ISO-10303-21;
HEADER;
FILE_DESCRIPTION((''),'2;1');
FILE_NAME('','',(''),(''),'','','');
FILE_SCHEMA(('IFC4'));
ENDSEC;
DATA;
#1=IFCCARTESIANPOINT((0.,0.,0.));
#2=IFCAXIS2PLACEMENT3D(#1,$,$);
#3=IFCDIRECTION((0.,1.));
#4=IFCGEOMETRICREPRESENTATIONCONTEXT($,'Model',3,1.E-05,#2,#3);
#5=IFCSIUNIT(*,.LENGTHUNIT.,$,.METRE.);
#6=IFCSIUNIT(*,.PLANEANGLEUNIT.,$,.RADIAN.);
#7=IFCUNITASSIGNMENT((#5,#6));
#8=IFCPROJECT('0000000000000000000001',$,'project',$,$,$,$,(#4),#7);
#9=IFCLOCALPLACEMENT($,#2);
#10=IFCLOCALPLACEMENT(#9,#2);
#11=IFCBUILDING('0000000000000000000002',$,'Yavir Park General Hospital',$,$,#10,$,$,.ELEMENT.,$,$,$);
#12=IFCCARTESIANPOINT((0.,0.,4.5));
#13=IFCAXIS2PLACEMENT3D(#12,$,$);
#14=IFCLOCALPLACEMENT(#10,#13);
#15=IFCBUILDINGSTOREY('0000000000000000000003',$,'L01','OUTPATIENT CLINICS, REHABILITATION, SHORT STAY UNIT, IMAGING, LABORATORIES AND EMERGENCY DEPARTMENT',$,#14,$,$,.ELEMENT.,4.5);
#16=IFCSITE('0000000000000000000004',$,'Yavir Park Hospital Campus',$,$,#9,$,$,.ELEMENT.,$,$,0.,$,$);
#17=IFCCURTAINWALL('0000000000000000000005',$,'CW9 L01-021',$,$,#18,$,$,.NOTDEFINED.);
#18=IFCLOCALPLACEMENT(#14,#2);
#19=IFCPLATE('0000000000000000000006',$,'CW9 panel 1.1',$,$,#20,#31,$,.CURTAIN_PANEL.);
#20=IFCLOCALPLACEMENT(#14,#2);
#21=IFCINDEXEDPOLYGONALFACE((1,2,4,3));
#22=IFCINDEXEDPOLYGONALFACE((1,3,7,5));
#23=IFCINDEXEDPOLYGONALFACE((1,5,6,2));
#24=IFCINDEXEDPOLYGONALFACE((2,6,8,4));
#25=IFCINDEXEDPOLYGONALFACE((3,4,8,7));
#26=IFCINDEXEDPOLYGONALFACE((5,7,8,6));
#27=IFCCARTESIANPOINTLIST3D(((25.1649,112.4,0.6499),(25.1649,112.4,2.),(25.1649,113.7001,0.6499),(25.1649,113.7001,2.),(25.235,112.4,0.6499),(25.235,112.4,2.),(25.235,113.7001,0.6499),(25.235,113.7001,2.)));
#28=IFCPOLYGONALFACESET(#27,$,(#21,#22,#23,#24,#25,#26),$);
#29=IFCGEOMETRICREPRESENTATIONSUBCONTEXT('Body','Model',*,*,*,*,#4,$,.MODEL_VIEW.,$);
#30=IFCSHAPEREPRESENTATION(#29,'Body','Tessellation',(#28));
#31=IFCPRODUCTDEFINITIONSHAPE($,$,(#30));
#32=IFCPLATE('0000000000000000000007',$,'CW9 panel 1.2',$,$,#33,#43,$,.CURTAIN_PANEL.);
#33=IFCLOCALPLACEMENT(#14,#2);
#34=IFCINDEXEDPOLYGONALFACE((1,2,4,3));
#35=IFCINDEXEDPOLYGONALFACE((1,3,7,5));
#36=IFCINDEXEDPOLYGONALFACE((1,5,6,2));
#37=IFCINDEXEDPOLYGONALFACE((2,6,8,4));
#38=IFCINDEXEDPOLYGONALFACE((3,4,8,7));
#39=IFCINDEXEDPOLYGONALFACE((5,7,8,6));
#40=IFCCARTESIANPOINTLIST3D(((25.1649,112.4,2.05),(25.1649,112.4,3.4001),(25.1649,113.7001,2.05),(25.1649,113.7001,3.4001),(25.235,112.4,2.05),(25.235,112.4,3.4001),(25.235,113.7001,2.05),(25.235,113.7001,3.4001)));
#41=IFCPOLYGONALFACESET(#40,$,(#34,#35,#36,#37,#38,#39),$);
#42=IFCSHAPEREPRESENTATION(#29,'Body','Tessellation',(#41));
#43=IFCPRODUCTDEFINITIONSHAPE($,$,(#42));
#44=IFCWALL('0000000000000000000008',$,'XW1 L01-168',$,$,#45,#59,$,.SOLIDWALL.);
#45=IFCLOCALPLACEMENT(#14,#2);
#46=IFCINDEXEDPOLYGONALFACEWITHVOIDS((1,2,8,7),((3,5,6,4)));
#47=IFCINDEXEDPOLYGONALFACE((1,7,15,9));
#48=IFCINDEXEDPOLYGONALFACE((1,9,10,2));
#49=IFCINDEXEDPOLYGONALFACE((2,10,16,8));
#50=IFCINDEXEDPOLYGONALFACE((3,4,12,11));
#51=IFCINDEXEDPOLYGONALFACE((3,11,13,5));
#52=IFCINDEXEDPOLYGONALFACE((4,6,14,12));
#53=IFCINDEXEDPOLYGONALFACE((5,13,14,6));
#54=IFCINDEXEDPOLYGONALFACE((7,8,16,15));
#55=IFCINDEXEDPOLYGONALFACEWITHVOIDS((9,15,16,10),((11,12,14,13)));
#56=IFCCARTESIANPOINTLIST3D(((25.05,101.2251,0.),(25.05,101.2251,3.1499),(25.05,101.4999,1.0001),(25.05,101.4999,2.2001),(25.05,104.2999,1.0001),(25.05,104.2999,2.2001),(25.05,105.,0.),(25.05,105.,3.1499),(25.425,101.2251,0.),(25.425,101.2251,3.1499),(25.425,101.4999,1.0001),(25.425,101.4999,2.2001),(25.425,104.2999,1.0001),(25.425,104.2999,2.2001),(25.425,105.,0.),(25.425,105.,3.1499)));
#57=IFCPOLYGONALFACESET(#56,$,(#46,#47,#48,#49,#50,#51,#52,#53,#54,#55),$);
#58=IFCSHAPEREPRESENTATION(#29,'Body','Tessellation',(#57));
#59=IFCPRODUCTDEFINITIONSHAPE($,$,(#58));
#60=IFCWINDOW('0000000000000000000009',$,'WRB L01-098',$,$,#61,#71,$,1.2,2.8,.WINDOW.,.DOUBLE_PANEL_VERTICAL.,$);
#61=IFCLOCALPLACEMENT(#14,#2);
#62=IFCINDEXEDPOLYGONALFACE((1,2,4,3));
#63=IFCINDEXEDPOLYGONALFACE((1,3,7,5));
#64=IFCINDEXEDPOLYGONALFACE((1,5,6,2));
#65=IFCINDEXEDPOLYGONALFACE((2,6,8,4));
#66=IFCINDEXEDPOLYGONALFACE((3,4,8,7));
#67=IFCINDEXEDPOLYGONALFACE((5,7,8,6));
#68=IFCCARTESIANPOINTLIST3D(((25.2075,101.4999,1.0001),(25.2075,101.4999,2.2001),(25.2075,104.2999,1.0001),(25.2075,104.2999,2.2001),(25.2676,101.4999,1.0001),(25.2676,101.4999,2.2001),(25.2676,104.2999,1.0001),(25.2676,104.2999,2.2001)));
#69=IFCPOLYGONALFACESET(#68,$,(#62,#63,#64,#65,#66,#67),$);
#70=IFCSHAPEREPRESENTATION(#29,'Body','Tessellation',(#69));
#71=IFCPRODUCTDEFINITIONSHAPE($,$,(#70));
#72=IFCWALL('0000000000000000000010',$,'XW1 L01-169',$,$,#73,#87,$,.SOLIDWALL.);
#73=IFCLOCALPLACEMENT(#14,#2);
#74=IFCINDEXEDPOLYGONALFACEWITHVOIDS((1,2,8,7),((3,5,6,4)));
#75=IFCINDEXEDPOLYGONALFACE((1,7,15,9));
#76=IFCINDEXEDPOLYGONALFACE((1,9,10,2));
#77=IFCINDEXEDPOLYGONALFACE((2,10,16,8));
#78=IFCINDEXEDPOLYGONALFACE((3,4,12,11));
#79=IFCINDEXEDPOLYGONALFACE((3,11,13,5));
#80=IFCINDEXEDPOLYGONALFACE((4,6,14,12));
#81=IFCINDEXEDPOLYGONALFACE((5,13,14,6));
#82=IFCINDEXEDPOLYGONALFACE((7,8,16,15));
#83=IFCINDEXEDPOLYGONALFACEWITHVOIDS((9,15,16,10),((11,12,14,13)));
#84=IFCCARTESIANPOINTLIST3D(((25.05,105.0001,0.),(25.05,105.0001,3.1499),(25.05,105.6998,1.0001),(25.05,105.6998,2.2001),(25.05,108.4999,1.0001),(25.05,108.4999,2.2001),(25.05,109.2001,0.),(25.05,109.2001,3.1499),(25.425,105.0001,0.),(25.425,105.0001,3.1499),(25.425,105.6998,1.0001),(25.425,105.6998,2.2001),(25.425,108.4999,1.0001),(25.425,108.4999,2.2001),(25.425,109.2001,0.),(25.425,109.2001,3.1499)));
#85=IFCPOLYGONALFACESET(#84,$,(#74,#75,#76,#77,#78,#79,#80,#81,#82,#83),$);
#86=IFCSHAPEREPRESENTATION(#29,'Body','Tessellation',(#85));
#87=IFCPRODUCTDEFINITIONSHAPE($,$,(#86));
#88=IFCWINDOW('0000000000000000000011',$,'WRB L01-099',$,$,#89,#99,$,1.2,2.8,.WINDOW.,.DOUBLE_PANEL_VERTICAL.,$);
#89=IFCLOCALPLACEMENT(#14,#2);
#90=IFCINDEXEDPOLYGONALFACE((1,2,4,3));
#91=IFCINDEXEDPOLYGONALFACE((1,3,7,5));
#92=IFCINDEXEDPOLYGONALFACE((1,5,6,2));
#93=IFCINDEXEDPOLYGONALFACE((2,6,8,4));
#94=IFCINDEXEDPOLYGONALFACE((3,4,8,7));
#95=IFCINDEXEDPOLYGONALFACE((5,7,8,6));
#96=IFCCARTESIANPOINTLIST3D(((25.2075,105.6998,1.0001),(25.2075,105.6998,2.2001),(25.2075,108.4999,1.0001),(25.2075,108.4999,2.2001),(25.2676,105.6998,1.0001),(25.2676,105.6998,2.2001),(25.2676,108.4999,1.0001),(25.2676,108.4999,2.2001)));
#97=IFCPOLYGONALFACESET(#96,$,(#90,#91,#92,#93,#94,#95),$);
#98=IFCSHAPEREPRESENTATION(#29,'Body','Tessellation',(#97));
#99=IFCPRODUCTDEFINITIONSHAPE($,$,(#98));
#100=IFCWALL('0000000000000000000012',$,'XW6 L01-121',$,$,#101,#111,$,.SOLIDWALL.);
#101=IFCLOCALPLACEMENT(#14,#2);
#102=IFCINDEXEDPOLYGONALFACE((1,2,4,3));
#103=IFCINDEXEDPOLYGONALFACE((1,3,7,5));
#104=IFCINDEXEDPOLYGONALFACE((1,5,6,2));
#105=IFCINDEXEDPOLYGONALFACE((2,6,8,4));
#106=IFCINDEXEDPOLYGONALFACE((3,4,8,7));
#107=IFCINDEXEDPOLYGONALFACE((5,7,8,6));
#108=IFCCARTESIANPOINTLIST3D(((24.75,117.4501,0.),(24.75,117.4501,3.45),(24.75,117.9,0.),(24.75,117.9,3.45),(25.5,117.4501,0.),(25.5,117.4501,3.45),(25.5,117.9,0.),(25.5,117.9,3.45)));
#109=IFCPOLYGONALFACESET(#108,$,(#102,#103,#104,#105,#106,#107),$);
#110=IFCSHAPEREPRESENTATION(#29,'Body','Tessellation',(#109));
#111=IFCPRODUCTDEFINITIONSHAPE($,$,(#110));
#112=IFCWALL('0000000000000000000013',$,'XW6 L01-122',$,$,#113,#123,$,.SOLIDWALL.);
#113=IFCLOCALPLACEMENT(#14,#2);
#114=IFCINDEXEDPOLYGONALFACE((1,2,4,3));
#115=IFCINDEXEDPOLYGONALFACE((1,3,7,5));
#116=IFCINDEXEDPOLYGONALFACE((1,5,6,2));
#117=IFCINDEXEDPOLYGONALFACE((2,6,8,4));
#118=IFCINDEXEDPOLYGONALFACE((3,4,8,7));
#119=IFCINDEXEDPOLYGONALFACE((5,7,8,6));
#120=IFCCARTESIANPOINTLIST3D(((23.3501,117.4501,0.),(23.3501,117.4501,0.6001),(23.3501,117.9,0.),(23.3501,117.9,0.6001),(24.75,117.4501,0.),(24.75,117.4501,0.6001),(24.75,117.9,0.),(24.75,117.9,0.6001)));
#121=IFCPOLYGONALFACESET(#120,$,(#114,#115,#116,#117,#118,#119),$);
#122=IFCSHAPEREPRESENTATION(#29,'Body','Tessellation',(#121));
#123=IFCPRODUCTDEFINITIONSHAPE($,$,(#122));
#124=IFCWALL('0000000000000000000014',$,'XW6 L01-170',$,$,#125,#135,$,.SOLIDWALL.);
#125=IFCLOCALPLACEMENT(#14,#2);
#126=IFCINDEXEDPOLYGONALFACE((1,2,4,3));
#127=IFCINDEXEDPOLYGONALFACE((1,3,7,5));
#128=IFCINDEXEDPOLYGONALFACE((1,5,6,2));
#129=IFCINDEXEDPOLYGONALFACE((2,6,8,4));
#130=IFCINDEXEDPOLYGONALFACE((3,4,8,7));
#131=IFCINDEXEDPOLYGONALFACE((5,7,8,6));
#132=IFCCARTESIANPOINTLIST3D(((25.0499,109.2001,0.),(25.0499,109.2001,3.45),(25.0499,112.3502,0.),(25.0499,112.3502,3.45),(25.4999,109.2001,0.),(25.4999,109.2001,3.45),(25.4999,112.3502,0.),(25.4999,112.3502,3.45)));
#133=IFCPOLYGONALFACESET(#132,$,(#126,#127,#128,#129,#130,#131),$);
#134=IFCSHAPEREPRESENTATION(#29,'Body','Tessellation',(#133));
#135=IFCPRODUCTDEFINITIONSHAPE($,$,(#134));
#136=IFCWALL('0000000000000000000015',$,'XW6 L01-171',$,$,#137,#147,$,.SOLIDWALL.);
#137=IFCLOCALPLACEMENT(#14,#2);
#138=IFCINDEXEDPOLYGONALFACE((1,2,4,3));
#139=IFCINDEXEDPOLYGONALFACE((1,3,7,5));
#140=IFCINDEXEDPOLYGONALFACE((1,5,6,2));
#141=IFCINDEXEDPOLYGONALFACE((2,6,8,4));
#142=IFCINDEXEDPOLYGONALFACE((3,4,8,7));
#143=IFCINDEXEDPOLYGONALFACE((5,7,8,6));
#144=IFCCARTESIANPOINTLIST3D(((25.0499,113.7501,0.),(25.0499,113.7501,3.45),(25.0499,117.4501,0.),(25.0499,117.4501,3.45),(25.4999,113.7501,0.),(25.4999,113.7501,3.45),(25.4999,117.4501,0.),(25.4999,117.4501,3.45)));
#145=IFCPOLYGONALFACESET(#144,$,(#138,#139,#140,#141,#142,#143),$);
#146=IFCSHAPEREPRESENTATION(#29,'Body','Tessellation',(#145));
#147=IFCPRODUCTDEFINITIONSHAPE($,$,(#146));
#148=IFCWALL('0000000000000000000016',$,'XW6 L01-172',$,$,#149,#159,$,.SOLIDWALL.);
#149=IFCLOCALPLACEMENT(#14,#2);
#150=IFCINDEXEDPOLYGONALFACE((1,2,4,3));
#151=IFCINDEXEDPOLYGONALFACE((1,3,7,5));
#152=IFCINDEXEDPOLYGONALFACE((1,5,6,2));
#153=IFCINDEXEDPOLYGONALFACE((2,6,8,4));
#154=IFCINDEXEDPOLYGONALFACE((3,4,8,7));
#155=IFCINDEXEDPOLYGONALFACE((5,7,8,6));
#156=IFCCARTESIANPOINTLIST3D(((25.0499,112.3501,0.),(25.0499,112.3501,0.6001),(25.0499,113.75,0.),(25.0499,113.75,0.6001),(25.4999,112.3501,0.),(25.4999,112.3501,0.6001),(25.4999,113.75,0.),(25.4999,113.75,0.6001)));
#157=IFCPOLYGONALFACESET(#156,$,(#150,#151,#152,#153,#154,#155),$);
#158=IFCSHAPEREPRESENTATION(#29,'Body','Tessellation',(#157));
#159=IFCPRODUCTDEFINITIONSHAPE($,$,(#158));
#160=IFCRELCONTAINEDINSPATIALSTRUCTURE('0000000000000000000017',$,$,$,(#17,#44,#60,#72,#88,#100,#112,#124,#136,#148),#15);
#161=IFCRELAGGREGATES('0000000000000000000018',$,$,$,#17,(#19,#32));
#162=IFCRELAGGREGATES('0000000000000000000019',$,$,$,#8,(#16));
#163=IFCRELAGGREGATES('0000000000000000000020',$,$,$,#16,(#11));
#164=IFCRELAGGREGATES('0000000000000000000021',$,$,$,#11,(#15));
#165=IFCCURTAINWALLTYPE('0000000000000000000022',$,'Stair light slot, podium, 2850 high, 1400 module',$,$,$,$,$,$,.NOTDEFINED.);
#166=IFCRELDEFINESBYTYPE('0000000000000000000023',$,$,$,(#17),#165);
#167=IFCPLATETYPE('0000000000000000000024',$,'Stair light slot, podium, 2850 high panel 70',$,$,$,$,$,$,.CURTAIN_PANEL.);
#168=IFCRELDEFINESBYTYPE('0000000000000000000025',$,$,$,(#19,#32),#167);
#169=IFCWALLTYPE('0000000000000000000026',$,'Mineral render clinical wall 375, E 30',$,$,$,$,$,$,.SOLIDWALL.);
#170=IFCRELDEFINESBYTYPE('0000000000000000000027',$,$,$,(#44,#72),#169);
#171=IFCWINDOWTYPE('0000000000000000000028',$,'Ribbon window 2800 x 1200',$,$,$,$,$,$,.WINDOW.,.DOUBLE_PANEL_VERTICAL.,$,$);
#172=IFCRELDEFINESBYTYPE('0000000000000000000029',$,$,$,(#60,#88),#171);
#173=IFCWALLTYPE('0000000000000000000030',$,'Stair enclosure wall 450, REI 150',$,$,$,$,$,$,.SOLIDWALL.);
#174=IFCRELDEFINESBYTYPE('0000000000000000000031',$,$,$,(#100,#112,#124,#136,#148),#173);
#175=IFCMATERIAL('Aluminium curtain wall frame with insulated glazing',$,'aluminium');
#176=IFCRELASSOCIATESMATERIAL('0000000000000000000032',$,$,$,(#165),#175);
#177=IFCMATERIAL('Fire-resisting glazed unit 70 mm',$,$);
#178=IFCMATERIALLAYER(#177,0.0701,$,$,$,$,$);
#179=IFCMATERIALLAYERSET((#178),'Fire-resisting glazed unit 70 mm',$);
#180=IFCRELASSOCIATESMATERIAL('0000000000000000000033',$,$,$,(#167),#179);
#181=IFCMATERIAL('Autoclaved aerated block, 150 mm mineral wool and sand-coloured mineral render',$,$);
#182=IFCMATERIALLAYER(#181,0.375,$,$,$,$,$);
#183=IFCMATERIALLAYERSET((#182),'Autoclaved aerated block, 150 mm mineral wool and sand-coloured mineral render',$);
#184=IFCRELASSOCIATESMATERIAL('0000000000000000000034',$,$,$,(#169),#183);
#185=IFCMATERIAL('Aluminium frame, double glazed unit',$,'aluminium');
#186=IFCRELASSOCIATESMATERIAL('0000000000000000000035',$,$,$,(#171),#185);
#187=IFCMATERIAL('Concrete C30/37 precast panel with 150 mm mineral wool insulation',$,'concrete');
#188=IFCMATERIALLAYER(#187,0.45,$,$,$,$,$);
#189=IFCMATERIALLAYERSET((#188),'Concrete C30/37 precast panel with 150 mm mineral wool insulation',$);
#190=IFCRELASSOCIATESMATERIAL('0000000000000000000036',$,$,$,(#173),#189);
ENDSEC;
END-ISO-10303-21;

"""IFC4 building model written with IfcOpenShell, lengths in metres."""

from ifc_helpers import new_model, si_unit, direction, frame, frame_2d, origin, origin_2d, place, context, subcontext, project, spatial, rectangle, extrude, material, layer, layer_set, type_object, element, fill, aggregate, save


model = new_model("IFC4")

# Units and contexts
model_context = context("Model", 3, precision=1e-05, world=origin(), true_north=direction((0.0, 1.0)))
body_context = subcontext(model_context, "Body", "Model", "MODEL_VIEW")
ifc_project = project(units=[si_unit("LENGTHUNIT", "METRE"), si_unit("PLANEANGLEUNIT", "RADIAN")], contexts=[model_context])

# Site, building, storey
site_placement = place(None, origin())
site = spatial("IfcSite", under=ifc_project, at=site_placement, Name="Yavir Park Hospital Campus", CompositionType="ELEMENT", RefElevation=0.0)
building_placement = place(site_placement, origin())
building = spatial("IfcBuilding", under=site, at=building_placement, Name="Yavir Park General Hospital", CompositionType="ELEMENT")
storey_placement = place(building_placement, frame((0.0, 0.0, 4.5)))
storey = spatial("IfcBuildingStorey", under=building, at=storey_placement, Name="L01", Description="OUTPATIENT CLINICS, REHABILITATION, SHORT STAY UNIT, IMAGING, LABORATORIES AND EMERGENCY DEPARTMENT", CompositionType="ELEMENT", Elevation=4.5)

# Curtain wall
ifc_material_1 = material(Name="Aluminium curtain wall frame with insulated glazing", Category="aluminium")
curtain_wall_type = type_object("IfcCurtainWallType", Name="Stair light slot, podium, 2850 high, 1400 module", PredefinedType="NOTDEFINED", material=ifc_material_1)
curtain_wall_1_placement = place(storey_placement, origin())
curtain_wall_1 = element("IfcCurtainWall", 1, at=curtain_wall_1_placement, inside=storey, type_object=curtain_wall_type, Name="CW9 L01-021", PredefinedType="NOTDEFINED")

# Plates
ifc_material_2 = material(Name="Fire-resisting glazed unit 70 mm")
ifc_layer_1 = layer(ifc_material_2, 0.0701)
ifc_layer_set_1 = layer_set([ifc_layer_1], Name="Fire-resisting glazed unit 70 mm")
plate_type = type_object("IfcPlateType", Name="Stair light slot, podium, 2850 high panel 70", PredefinedType="CURTAIN_PANEL", material=ifc_layer_set_1)
plate_1_placement = place(storey_placement, frame((25.2, 113.05, 0.6499), z_axis=(0.0, 0.0, 1.0), x_axis=(0.0, 1.0, 0.0)))
plate_1 = element("IfcPlate", 2, at=plate_1_placement, type_object=plate_type, Name="CW9 panel 1.1", PredefinedType="CURTAIN_PANEL", context=body_context, shape_type="SweptSolid", body=[
    extrude(rectangle(XDim=1.3, YDim=0.0701, at=origin_2d()), origin(), (0.0, 0.0, 1.0), 1.3501),
])
plate_2_placement = place(storey_placement, frame((25.2, 113.05, 2.05), z_axis=(0.0, 0.0, 1.0), x_axis=(0.0, 1.0, 0.0)))
plate_2 = element("IfcPlate", 3, at=plate_2_placement, type_object=plate_type, Name="CW9 panel 1.2", PredefinedType="CURTAIN_PANEL", context=body_context, shape_type="SweptSolid", body=[
    extrude(rectangle(XDim=1.3, YDim=0.0701, at=origin_2d()), origin(), (0.0, 0.0, 1.0), 1.3501),
])
aggregate(curtain_wall_1, [plate_1, plate_2])

# Walls, openings, windows
ifc_material_3 = material(Name="Autoclaved aerated block, 150 mm mineral wool and sand-coloured mineral render")
ifc_layer_2 = layer(ifc_material_3, 0.375)
ifc_layer_set_2 = layer_set([ifc_layer_2], Name="Autoclaved aerated block, 150 mm mineral wool and sand-coloured mineral render")
wall_type_1 = type_object("IfcWallType", Name="Mineral render clinical wall 375, E 30", PredefinedType="SOLIDWALL", material=ifc_layer_set_2)
wall_1_placement = place(storey_placement, frame((25.2375, 101.2251, 0.0), z_axis=(0.0, 0.0, 1.0), x_axis=(0.0, 1.0, 0.0)))
wall_1 = element("IfcWall", 4, at=wall_1_placement, inside=storey, type_object=wall_type_1, Name="XW1 L01-168", PredefinedType="SOLIDWALL", context=body_context, shape_type="SweptSolid", body=[
    extrude(rectangle(XDim=3.7749, YDim=0.375, at=frame_2d((1.8875, 0.0))), origin(), (0.0, 0.0, 1.0), 3.1499),
])
opening_1_placement = place(wall_1_placement, frame((0.2749, 0.0, 1.0)))
opening_1 = element("IfcOpeningElement", 5, at=opening_1_placement, cuts=wall_1, PredefinedType="OPENING", context=body_context, shape_type="SweptSolid", body=[
    extrude(rectangle(XDim=2.8, YDim=1.2, at=frame_2d((1.3999, 0.6001))), frame((0.0, 0.1975, 0.0), z_axis=(0.0, -1.0, 0.0), x_axis=(1.0, 0.0, 0.0)), (0.0, 0.0, 1.0), 0.395),
])
ifc_material_4 = material(Name="Aluminium frame, double glazed unit", Category="aluminium")
window_type = type_object("IfcWindowType", Name="Ribbon window 2800 x 1200", PartitioningType="DOUBLE_PANEL_VERTICAL", PredefinedType="WINDOW", material=ifc_material_4)
window_1_placement = place(opening_1_placement, origin())
window_1 = element("IfcWindow", 6, at=window_1_placement, inside=storey, type_object=window_type, Name="WRB L01-098", OverallHeight=1.2, OverallWidth=2.8, PartitioningType="DOUBLE_PANEL_VERTICAL", PredefinedType="WINDOW", context=body_context, shape_type="SweptSolid", body=[
    extrude(rectangle(XDim=2.8, YDim=1.2, at=frame_2d((1.3999, 0.6001))), frame((0.0, 0.03, 0.0), z_axis=(0.0, -1.0, 0.0), x_axis=(1.0, 0.0, 0.0)), (0.0, 0.0, 1.0), 0.0601),
])
fill(opening_1, window_1)
wall_2_placement = place(storey_placement, frame((25.2375, 105.0, 0.0), z_axis=(0.0, 0.0, 1.0), x_axis=(0.0, 1.0, 0.0)))
wall_2 = element("IfcWall", 7, at=wall_2_placement, inside=storey, type_object=wall_type_1, Name="XW1 L01-169", PredefinedType="SOLIDWALL", context=body_context, shape_type="SweptSolid", body=[
    extrude(rectangle(XDim=4.2, YDim=0.375, at=frame_2d((2.1001, 0.0))), origin(), (0.0, 0.0, 1.0), 3.1499),
])
opening_2_placement = place(wall_2_placement, frame((0.7, 0.0, 1.0)))
opening_2 = element("IfcOpeningElement", 8, at=opening_2_placement, cuts=wall_2, PredefinedType="OPENING", context=body_context, shape_type="SweptSolid", body=[
    extrude(rectangle(XDim=2.8, YDim=1.2, at=frame_2d((1.3999, 0.6001))), frame((0.0, 0.1975, 0.0), z_axis=(0.0, -1.0, 0.0), x_axis=(1.0, 0.0, 0.0)), (0.0, 0.0, 1.0), 0.395),
])
window_2_placement = place(opening_2_placement, origin())
window_2 = element("IfcWindow", 9, at=window_2_placement, inside=storey, type_object=window_type, Name="WRB L01-099", OverallHeight=1.2, OverallWidth=2.8, PartitioningType="DOUBLE_PANEL_VERTICAL", PredefinedType="WINDOW", context=body_context, shape_type="SweptSolid", body=[
    extrude(rectangle(XDim=2.8, YDim=1.2, at=frame_2d((1.3999, 0.6001))), frame((0.0, 0.03, 0.0), z_axis=(0.0, -1.0, 0.0), x_axis=(1.0, 0.0, 0.0)), (0.0, 0.0, 1.0), 0.0601),
])
fill(opening_2, window_2)

# Walls
ifc_material_5 = material(Name="Concrete C30/37 precast panel with 150 mm mineral wool insulation", Category="concrete")
ifc_layer_3 = layer(ifc_material_5, 0.45)
ifc_layer_set_3 = layer_set([ifc_layer_3], Name="Concrete C30/37 precast panel with 150 mm mineral wool insulation")
wall_type_2 = type_object("IfcWallType", Name="Stair enclosure wall 450, REI 150", PredefinedType="SOLIDWALL", material=ifc_layer_set_3)
wall_3_placement = place(storey_placement, frame((24.75, 117.675, 0.0), z_axis=(0.0, 0.0, 1.0), x_axis=(1.0, 0.0, 0.0)))
element("IfcWall", 10, at=wall_3_placement, inside=storey, type_object=wall_type_2, Name="XW6 L01-121", PredefinedType="SOLIDWALL", context=body_context, shape_type="SweptSolid", body=[
    extrude(rectangle(XDim=0.75, YDim=0.45, at=frame_2d((0.375, 0.0))), origin(), (0.0, 0.0, 1.0), 3.45),
])
wall_4_placement = place(storey_placement, frame((23.3501, 117.675, 0.0), z_axis=(0.0, 0.0, 1.0), x_axis=(1.0, 0.0, 0.0)))
element("IfcWall", 11, at=wall_4_placement, inside=storey, type_object=wall_type_2, Name="XW6 L01-122", PredefinedType="SOLIDWALL", context=body_context, shape_type="SweptSolid", body=[
    extrude(rectangle(XDim=1.3999, YDim=0.45, at=frame_2d((0.7, 0.0))), origin(), (0.0, 0.0, 1.0), 0.6001),
])
wall_5_placement = place(storey_placement, frame((25.2749, 109.2, 0.0), z_axis=(0.0, 0.0, 1.0), x_axis=(0.0, 1.0, 0.0)))
element("IfcWall", 12, at=wall_5_placement, inside=storey, type_object=wall_type_2, Name="XW6 L01-170", PredefinedType="SOLIDWALL", context=body_context, shape_type="SweptSolid", body=[
    extrude(rectangle(XDim=3.1501, YDim=0.45, at=frame_2d((1.5752, 0.0))), origin(), (0.0, 0.0, 1.0), 3.45),
])
wall_6_placement = place(storey_placement, frame((25.2749, 113.75, 0.0), z_axis=(0.0, 0.0, 1.0), x_axis=(0.0, 1.0, 0.0)))
element("IfcWall", 13, at=wall_6_placement, inside=storey, type_object=wall_type_2, Name="XW6 L01-171", PredefinedType="SOLIDWALL", context=body_context, shape_type="SweptSolid", body=[
    extrude(rectangle(XDim=3.7, YDim=0.45, at=frame_2d((1.8501, 0.0))), origin(), (0.0, 0.0, 1.0), 3.45),
])
wall_7_placement = place(storey_placement, frame((25.2749, 112.3501, 0.0), z_axis=(0.0, 0.0, 1.0), x_axis=(0.0, 1.0, 0.0)))
element("IfcWall", 14, at=wall_7_placement, inside=storey, type_object=wall_type_2, Name="XW6 L01-172", PredefinedType="SOLIDWALL", context=body_context, shape_type="SweptSolid", body=[
    extrude(rectangle(XDim=1.3999, YDim=0.45, at=frame_2d((0.7, 0.0))), origin(), (0.0, 0.0, 1.0), 0.6001),
])

save(model, "model.ifc")
